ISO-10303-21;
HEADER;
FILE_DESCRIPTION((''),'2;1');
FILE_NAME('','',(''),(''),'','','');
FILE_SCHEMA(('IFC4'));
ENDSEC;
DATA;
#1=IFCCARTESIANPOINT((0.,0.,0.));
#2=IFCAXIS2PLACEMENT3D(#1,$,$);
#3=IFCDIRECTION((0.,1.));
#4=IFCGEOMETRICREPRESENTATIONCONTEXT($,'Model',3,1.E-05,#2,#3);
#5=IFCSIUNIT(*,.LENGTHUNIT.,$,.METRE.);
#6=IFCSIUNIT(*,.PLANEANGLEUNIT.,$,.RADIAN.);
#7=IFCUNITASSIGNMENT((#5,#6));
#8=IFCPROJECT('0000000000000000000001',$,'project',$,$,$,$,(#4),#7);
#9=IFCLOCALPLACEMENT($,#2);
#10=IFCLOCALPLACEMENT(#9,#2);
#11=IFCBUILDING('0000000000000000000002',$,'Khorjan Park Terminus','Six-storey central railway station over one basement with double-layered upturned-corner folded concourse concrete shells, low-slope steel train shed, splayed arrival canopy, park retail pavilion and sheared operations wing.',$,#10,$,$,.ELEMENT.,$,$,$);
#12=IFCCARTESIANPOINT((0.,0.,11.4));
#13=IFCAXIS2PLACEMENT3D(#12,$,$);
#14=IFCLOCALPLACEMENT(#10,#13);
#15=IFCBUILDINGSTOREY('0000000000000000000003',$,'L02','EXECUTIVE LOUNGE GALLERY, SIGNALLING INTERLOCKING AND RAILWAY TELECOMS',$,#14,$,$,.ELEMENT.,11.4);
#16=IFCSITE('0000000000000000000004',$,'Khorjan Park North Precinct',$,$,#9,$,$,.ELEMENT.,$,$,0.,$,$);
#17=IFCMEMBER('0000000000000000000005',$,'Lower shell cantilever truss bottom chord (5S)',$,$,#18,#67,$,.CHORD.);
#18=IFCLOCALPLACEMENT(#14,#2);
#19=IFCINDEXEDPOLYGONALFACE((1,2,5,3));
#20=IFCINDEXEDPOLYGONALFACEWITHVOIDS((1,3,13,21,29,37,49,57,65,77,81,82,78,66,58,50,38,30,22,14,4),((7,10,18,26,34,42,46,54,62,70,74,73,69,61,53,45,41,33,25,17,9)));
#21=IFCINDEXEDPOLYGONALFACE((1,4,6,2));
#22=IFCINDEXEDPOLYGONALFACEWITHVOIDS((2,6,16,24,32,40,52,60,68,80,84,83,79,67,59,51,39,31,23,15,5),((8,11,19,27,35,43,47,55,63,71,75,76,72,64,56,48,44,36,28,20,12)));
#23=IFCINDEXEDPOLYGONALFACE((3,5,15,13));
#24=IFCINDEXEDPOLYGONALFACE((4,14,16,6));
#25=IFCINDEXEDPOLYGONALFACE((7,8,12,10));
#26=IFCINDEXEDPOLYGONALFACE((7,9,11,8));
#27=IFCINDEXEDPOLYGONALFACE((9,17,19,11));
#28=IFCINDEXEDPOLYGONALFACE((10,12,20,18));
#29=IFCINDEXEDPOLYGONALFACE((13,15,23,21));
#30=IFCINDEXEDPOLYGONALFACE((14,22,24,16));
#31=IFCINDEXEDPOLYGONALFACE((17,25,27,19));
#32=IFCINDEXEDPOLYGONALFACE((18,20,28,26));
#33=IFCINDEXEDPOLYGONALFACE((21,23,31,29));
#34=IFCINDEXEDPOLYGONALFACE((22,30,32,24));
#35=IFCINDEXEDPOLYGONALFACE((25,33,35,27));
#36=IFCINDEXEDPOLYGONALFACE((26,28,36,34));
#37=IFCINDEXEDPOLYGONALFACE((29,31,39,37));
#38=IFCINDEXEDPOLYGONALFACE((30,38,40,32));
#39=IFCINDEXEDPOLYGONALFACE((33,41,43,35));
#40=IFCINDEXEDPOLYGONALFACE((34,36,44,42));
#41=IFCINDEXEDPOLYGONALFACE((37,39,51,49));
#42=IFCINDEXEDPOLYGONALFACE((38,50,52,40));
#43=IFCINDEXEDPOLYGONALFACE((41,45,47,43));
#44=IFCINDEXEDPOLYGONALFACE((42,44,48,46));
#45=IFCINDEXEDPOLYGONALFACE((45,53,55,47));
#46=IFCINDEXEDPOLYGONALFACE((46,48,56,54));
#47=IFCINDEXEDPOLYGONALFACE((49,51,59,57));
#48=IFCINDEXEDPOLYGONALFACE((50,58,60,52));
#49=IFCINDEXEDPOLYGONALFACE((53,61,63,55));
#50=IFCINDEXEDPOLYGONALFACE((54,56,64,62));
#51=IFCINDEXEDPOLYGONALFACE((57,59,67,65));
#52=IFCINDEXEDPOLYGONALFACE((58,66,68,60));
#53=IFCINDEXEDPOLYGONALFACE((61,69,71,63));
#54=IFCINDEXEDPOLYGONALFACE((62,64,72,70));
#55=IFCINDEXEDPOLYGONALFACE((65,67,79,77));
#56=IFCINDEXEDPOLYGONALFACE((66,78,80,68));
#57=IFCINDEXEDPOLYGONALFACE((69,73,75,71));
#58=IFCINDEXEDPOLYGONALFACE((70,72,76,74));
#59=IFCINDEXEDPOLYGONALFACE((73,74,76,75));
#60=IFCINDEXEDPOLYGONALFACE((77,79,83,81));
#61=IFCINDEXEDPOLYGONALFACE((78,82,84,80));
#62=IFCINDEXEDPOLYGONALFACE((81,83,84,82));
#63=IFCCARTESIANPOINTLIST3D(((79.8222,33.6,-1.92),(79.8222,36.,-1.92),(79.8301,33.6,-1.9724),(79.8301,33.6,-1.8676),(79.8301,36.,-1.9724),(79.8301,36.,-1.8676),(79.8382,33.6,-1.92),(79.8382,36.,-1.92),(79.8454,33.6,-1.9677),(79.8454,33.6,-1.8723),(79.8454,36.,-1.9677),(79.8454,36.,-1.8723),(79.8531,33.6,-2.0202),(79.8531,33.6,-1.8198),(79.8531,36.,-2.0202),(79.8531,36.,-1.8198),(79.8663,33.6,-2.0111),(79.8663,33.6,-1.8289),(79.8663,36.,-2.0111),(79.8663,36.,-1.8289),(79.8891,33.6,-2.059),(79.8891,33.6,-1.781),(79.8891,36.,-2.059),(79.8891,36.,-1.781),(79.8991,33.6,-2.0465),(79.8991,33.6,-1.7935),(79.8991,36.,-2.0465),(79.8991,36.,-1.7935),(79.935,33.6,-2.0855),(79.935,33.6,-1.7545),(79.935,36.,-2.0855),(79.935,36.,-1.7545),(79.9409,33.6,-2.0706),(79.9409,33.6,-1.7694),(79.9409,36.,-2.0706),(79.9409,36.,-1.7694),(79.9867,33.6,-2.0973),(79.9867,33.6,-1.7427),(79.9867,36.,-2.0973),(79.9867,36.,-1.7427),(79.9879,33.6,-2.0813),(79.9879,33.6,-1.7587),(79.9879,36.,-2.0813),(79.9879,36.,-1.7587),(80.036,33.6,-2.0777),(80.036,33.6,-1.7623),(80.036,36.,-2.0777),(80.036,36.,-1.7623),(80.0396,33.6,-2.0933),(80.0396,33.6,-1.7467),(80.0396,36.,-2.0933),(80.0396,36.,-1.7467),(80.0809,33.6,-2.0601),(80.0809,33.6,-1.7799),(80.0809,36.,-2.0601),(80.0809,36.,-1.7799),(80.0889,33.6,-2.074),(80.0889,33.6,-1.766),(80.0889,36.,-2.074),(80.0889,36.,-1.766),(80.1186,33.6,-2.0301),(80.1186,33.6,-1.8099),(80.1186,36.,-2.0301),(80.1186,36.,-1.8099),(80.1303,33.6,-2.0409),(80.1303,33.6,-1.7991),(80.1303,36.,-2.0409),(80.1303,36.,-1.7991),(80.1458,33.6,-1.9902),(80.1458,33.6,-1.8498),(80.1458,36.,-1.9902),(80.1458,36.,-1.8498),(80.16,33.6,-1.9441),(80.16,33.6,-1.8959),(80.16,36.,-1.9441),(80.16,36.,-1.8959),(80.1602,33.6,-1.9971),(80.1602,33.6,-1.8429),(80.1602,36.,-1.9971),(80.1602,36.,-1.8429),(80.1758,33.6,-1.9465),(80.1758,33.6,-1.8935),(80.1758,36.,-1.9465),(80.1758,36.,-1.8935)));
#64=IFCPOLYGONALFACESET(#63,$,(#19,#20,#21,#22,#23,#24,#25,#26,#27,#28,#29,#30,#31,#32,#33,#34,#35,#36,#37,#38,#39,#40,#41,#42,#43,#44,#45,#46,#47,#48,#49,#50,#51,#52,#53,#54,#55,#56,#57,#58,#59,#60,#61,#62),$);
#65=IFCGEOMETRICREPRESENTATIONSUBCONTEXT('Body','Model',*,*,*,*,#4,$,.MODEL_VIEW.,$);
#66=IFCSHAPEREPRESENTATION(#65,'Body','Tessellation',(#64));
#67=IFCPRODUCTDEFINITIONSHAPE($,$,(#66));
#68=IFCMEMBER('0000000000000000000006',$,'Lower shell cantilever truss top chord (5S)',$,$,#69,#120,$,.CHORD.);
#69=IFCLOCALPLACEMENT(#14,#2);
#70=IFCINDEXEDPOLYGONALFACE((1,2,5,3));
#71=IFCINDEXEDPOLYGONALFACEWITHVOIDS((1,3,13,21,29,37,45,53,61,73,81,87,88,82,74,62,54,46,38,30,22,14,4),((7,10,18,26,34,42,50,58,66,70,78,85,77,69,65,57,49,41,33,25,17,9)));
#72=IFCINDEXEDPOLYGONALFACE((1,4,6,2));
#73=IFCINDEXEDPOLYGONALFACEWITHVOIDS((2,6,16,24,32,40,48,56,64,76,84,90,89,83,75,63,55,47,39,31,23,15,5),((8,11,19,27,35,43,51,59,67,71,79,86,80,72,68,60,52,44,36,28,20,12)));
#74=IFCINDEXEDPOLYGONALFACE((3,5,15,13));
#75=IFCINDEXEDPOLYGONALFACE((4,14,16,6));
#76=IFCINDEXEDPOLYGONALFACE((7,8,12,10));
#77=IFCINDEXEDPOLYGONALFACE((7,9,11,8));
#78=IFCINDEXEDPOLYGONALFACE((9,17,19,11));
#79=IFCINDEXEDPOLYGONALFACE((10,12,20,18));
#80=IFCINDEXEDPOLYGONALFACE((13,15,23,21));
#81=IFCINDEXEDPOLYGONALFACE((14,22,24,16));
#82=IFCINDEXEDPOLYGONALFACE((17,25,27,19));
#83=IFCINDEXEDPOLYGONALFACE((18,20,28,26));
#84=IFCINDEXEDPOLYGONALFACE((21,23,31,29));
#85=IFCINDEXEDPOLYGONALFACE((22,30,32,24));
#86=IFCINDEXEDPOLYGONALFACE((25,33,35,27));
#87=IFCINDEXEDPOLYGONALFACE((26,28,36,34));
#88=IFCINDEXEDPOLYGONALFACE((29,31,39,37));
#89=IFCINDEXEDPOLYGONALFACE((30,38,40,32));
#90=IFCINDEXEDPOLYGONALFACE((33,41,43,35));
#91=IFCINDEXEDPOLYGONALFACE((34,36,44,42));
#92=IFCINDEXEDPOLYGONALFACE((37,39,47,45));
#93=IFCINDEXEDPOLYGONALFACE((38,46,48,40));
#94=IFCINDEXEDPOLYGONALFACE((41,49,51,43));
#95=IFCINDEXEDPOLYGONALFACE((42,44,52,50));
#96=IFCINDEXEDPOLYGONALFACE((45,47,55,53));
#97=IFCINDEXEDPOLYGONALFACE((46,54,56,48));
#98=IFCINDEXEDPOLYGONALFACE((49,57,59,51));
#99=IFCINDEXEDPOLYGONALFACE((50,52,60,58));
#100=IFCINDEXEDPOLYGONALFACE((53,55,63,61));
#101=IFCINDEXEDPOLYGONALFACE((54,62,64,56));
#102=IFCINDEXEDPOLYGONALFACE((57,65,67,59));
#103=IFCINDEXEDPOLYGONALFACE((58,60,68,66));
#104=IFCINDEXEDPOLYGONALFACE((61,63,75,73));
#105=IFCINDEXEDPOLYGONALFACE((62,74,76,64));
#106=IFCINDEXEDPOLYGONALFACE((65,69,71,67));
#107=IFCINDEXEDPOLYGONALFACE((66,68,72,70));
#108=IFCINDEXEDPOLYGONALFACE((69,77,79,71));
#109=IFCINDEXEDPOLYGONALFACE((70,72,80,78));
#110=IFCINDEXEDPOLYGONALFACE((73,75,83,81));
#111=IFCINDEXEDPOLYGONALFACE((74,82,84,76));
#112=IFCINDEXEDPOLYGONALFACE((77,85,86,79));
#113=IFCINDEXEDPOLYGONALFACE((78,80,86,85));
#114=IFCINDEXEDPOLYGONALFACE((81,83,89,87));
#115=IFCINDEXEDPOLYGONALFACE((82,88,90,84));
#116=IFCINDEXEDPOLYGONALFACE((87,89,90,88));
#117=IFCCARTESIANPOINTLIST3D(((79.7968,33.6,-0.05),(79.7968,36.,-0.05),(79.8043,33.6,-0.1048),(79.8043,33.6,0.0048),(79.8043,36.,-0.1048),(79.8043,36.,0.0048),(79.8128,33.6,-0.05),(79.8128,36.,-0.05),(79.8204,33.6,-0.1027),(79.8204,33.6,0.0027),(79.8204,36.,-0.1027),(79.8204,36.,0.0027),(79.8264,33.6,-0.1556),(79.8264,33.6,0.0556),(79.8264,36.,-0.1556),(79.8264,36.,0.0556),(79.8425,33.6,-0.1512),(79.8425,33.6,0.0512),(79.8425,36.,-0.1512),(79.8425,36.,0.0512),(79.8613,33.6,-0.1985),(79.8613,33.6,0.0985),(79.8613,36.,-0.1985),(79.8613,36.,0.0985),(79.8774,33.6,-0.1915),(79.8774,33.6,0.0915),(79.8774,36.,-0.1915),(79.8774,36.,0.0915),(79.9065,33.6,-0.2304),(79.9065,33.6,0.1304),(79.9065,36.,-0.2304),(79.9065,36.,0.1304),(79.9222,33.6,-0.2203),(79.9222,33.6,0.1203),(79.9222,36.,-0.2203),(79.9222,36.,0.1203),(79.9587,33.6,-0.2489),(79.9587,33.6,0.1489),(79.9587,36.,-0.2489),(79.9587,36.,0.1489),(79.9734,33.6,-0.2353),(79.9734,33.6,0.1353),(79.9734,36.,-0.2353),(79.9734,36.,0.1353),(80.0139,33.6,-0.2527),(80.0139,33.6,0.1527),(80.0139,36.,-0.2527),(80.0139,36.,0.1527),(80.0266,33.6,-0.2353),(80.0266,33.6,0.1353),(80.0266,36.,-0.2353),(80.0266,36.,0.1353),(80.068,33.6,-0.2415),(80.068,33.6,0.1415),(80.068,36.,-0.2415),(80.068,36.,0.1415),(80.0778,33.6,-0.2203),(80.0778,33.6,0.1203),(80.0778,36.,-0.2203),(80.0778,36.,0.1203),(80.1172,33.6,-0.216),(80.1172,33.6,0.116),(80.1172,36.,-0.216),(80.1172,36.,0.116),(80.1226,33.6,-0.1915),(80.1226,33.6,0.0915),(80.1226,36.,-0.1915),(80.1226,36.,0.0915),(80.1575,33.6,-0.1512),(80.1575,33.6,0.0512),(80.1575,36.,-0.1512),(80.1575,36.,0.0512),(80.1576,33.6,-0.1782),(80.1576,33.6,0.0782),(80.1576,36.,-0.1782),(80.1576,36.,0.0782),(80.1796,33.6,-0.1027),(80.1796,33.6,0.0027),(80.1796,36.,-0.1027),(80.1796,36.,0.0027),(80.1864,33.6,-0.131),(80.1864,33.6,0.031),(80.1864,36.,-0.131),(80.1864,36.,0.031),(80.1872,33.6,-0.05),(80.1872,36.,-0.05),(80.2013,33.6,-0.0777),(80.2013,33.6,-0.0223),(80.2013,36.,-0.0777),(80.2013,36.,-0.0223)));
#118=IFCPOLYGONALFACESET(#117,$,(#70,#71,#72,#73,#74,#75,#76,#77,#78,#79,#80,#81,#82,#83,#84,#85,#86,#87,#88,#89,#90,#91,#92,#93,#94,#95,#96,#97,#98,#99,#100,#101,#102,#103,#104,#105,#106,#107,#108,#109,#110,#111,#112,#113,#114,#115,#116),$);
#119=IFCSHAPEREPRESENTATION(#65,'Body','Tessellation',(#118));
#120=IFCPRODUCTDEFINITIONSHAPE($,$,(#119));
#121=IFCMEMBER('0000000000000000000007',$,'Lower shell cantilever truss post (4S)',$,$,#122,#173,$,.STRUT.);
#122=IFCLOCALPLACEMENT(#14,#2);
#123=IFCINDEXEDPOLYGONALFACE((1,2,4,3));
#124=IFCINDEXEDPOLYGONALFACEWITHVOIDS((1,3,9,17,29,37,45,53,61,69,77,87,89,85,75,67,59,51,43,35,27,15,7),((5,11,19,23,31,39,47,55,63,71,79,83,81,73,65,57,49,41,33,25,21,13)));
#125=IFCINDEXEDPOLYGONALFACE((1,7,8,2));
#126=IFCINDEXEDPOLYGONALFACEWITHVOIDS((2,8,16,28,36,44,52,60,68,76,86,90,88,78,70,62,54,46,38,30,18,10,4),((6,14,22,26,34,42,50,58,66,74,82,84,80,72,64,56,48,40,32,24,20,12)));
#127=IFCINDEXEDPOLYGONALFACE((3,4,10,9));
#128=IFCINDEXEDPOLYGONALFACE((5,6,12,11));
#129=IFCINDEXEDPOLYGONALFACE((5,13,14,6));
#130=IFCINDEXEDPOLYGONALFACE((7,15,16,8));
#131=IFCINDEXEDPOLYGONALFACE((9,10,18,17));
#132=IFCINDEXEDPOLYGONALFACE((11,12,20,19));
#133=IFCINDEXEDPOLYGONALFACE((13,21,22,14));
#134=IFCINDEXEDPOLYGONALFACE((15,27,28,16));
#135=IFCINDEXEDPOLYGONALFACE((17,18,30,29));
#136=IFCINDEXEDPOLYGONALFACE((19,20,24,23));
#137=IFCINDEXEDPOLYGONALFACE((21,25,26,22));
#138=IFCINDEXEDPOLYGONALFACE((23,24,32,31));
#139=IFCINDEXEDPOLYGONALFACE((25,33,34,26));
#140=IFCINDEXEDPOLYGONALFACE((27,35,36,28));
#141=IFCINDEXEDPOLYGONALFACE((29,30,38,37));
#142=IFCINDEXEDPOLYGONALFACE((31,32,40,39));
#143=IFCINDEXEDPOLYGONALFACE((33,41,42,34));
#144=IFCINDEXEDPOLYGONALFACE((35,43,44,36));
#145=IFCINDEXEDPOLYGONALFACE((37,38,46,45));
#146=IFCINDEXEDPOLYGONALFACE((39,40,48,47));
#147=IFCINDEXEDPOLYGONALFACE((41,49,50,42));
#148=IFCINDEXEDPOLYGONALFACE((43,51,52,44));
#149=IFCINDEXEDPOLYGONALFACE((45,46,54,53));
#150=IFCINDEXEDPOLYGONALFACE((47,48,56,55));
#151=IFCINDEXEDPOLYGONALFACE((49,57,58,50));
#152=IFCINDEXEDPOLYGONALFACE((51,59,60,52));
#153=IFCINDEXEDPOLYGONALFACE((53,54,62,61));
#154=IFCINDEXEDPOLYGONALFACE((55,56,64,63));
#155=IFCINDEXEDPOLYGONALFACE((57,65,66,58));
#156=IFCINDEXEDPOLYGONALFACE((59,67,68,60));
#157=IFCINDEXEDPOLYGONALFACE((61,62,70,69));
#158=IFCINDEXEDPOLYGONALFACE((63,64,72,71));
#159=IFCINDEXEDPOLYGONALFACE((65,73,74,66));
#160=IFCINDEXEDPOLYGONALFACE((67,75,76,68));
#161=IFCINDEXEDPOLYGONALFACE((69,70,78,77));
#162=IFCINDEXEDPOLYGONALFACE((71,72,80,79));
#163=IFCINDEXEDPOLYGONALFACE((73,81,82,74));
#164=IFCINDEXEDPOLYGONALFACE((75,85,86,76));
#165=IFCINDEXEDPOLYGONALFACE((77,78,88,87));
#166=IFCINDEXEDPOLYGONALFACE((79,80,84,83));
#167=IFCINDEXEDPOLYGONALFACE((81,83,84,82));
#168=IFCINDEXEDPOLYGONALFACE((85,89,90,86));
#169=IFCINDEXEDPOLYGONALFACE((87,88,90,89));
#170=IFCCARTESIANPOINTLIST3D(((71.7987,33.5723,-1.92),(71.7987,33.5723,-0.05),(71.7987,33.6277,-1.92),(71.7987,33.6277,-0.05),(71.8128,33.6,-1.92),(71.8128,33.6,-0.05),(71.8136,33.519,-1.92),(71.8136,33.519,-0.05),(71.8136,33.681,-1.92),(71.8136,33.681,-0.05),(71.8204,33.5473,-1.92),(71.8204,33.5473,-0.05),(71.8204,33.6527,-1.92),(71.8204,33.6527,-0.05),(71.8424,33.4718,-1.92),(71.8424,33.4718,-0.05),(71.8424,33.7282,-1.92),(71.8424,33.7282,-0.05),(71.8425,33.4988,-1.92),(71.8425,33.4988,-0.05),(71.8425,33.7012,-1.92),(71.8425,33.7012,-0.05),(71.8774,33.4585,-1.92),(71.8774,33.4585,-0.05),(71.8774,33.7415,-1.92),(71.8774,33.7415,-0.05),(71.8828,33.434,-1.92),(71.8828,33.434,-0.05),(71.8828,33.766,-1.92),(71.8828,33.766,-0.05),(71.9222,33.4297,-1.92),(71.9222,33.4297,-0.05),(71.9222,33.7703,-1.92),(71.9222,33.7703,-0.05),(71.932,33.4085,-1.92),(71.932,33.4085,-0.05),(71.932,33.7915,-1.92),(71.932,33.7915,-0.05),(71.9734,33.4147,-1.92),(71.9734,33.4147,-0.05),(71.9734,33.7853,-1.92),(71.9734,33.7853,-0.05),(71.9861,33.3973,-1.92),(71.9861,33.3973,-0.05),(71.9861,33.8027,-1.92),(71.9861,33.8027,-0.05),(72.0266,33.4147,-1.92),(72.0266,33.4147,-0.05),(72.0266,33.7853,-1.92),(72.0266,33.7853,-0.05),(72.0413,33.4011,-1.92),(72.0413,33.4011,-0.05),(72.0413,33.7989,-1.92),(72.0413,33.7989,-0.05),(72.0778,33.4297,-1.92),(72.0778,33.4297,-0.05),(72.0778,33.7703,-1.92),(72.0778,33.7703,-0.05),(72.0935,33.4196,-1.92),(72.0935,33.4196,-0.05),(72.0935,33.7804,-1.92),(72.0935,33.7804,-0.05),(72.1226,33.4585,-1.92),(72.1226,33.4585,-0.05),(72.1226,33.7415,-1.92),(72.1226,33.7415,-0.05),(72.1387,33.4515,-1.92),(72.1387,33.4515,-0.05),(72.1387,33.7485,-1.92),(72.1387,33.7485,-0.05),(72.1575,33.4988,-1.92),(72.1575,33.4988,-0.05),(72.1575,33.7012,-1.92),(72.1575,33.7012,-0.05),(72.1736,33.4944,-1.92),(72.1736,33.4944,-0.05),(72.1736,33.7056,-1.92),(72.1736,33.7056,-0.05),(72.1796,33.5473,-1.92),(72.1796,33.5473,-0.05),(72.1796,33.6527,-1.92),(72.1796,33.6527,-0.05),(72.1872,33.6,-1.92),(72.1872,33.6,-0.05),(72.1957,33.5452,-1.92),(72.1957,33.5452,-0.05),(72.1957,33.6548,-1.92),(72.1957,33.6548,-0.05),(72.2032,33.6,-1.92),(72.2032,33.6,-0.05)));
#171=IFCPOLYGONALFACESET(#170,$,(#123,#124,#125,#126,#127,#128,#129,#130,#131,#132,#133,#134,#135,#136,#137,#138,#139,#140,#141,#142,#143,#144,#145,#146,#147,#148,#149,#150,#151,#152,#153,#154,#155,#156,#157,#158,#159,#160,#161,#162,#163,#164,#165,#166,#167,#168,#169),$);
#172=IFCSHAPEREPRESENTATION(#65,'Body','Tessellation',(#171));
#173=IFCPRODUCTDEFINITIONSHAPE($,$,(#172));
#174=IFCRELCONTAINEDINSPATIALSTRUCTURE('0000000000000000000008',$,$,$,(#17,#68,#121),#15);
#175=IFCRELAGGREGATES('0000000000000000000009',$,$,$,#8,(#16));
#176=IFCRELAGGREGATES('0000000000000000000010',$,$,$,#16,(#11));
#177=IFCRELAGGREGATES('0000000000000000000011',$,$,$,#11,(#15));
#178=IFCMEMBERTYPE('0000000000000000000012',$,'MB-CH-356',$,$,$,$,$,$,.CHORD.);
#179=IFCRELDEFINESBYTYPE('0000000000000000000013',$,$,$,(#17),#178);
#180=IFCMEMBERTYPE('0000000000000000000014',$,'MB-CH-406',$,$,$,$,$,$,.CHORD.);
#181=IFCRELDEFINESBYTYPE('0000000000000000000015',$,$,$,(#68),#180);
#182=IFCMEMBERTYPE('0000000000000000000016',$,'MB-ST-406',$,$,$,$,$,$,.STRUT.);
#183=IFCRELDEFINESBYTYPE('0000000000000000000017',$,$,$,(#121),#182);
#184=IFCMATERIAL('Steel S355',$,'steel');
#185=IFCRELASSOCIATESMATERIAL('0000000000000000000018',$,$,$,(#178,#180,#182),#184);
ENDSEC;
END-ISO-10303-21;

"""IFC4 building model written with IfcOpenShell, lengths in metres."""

from ifc_helpers import new_model, si_unit, direction, frame, origin, origin_2d, place, context, subcontext, project, spatial, hollow_circle, extrude, material, material_profile, profile_set, type_object, element, save


model = new_model("IFC4")

# Units and contexts
model_context = context("Model", 3, precision=1e-05, world=origin(), true_north=direction((0.0, 1.0)))
body_context = subcontext(model_context, "Body", "Model", "MODEL_VIEW")
ifc_project = project(units=[si_unit("LENGTHUNIT", "METRE"), si_unit("PLANEANGLEUNIT", "RADIAN")], contexts=[model_context])

# Site, building, storey
site_placement = place(None, origin())
site = spatial("IfcSite", under=ifc_project, at=site_placement, Name="Khorjan Park North Precinct", CompositionType="ELEMENT", RefElevation=0.0)
building_placement = place(site_placement, origin())
building = spatial("IfcBuilding", under=site, at=building_placement, Name="Khorjan Park Terminus", Description="Six-storey central railway station over one basement with double-layered upturned-corner folded concourse concrete shells, low-slope steel train shed, splayed arrival canopy, park retail pavilion and sheared operations wing.", CompositionType="ELEMENT")
storey_placement = place(building_placement, frame((0.0, 0.0, 11.4)))
storey = spatial("IfcBuildingStorey", under=building, at=storey_placement, Name="L02", Description="EXECUTIVE LOUNGE GALLERY, SIGNALLING INTERLOCKING AND RAILWAY TELECOMS", CompositionType="ELEMENT", Elevation=11.4)

# Shared definitions
ifc_material_1 = material(Name="Steel S355", Category="steel")

# Members
ifc_material_profile_1 = material_profile(ifc_material_1, hollow_circle(Radius=0.1778, WallThickness=0.016, at=origin_2d()), Name="CHS 355.6x16")
ifc_profile_set_1 = profile_set([ifc_material_profile_1], Name="Steel S355")
member_type_1 = type_object("IfcMemberType", Name="MB-CH-356", PredefinedType="CHORD", material=ifc_profile_set_1)
member_1_placement = place(storey_placement, frame((80.0, 33.6, -1.92), z_axis=(0.0, 1.0, 0.0), x_axis=(-1.0, 0.0, 0.0)))
element("IfcMember", 1, at=member_1_placement, inside=storey, type_object=member_type_1, Name="Lower shell cantilever truss bottom chord (5S)", PredefinedType="CHORD", context=body_context, shape_type="SweptSolid", body=[
    extrude(hollow_circle(Radius=0.1778, WallThickness=0.016, at=origin_2d()), origin(), (0.0, 0.0, 1.0), 2.4),
])
ifc_material_profile_2 = material_profile(ifc_material_1, hollow_circle(Radius=0.2032, WallThickness=0.016, at=origin_2d()), Name="CHS 406.4x16")
ifc_profile_set_2 = profile_set([ifc_material_profile_2], Name="Steel S355")
member_type_2 = type_object("IfcMemberType", Name="MB-CH-406", PredefinedType="CHORD", material=ifc_profile_set_2)
member_2_placement = place(storey_placement, frame((80.0, 33.6, -0.05), z_axis=(0.0, 1.0, 0.0), x_axis=(-1.0, 0.0, 0.0)))
element("IfcMember", 2, at=member_2_placement, inside=storey, type_object=member_type_2, Name="Lower shell cantilever truss top chord (5S)", PredefinedType="CHORD", context=body_context, shape_type="SweptSolid", body=[
    extrude(hollow_circle(Radius=0.2032, WallThickness=0.016, at=origin_2d()), origin(), (0.0, 0.0, 1.0), 2.4),
])
ifc_material_profile_3 = material_profile(ifc_material_1, hollow_circle(Radius=0.2032, WallThickness=0.016, at=origin_2d()), Name="CHS 406.4x16")
ifc_profile_set_3 = profile_set([ifc_material_profile_3], Name="Steel S355")
member_type_3 = type_object("IfcMemberType", Name="MB-ST-406", PredefinedType="STRUT", material=ifc_profile_set_3)
for number, where, z_axis, x_axis, name in (
    (3, (72.0, 33.6, -1.92), (0.0, 0.0, 1.0), (1.0, 0.0, 0.0), "Lower shell cantilever truss post (4S)"),
):
    element("IfcMember", number, at=place(storey_placement, frame(where, z_axis=z_axis, x_axis=x_axis)), inside=storey, type_object=member_type_3, Name=name, PredefinedType="STRUT", context=body_context, shape_type="SweptSolid", body=[
        extrude(hollow_circle(Radius=0.2032, WallThickness=0.016, at=origin_2d()), origin(), (0.0, 0.0, 1.0), 1.87),
    ])

save(model, "model.ifc")
